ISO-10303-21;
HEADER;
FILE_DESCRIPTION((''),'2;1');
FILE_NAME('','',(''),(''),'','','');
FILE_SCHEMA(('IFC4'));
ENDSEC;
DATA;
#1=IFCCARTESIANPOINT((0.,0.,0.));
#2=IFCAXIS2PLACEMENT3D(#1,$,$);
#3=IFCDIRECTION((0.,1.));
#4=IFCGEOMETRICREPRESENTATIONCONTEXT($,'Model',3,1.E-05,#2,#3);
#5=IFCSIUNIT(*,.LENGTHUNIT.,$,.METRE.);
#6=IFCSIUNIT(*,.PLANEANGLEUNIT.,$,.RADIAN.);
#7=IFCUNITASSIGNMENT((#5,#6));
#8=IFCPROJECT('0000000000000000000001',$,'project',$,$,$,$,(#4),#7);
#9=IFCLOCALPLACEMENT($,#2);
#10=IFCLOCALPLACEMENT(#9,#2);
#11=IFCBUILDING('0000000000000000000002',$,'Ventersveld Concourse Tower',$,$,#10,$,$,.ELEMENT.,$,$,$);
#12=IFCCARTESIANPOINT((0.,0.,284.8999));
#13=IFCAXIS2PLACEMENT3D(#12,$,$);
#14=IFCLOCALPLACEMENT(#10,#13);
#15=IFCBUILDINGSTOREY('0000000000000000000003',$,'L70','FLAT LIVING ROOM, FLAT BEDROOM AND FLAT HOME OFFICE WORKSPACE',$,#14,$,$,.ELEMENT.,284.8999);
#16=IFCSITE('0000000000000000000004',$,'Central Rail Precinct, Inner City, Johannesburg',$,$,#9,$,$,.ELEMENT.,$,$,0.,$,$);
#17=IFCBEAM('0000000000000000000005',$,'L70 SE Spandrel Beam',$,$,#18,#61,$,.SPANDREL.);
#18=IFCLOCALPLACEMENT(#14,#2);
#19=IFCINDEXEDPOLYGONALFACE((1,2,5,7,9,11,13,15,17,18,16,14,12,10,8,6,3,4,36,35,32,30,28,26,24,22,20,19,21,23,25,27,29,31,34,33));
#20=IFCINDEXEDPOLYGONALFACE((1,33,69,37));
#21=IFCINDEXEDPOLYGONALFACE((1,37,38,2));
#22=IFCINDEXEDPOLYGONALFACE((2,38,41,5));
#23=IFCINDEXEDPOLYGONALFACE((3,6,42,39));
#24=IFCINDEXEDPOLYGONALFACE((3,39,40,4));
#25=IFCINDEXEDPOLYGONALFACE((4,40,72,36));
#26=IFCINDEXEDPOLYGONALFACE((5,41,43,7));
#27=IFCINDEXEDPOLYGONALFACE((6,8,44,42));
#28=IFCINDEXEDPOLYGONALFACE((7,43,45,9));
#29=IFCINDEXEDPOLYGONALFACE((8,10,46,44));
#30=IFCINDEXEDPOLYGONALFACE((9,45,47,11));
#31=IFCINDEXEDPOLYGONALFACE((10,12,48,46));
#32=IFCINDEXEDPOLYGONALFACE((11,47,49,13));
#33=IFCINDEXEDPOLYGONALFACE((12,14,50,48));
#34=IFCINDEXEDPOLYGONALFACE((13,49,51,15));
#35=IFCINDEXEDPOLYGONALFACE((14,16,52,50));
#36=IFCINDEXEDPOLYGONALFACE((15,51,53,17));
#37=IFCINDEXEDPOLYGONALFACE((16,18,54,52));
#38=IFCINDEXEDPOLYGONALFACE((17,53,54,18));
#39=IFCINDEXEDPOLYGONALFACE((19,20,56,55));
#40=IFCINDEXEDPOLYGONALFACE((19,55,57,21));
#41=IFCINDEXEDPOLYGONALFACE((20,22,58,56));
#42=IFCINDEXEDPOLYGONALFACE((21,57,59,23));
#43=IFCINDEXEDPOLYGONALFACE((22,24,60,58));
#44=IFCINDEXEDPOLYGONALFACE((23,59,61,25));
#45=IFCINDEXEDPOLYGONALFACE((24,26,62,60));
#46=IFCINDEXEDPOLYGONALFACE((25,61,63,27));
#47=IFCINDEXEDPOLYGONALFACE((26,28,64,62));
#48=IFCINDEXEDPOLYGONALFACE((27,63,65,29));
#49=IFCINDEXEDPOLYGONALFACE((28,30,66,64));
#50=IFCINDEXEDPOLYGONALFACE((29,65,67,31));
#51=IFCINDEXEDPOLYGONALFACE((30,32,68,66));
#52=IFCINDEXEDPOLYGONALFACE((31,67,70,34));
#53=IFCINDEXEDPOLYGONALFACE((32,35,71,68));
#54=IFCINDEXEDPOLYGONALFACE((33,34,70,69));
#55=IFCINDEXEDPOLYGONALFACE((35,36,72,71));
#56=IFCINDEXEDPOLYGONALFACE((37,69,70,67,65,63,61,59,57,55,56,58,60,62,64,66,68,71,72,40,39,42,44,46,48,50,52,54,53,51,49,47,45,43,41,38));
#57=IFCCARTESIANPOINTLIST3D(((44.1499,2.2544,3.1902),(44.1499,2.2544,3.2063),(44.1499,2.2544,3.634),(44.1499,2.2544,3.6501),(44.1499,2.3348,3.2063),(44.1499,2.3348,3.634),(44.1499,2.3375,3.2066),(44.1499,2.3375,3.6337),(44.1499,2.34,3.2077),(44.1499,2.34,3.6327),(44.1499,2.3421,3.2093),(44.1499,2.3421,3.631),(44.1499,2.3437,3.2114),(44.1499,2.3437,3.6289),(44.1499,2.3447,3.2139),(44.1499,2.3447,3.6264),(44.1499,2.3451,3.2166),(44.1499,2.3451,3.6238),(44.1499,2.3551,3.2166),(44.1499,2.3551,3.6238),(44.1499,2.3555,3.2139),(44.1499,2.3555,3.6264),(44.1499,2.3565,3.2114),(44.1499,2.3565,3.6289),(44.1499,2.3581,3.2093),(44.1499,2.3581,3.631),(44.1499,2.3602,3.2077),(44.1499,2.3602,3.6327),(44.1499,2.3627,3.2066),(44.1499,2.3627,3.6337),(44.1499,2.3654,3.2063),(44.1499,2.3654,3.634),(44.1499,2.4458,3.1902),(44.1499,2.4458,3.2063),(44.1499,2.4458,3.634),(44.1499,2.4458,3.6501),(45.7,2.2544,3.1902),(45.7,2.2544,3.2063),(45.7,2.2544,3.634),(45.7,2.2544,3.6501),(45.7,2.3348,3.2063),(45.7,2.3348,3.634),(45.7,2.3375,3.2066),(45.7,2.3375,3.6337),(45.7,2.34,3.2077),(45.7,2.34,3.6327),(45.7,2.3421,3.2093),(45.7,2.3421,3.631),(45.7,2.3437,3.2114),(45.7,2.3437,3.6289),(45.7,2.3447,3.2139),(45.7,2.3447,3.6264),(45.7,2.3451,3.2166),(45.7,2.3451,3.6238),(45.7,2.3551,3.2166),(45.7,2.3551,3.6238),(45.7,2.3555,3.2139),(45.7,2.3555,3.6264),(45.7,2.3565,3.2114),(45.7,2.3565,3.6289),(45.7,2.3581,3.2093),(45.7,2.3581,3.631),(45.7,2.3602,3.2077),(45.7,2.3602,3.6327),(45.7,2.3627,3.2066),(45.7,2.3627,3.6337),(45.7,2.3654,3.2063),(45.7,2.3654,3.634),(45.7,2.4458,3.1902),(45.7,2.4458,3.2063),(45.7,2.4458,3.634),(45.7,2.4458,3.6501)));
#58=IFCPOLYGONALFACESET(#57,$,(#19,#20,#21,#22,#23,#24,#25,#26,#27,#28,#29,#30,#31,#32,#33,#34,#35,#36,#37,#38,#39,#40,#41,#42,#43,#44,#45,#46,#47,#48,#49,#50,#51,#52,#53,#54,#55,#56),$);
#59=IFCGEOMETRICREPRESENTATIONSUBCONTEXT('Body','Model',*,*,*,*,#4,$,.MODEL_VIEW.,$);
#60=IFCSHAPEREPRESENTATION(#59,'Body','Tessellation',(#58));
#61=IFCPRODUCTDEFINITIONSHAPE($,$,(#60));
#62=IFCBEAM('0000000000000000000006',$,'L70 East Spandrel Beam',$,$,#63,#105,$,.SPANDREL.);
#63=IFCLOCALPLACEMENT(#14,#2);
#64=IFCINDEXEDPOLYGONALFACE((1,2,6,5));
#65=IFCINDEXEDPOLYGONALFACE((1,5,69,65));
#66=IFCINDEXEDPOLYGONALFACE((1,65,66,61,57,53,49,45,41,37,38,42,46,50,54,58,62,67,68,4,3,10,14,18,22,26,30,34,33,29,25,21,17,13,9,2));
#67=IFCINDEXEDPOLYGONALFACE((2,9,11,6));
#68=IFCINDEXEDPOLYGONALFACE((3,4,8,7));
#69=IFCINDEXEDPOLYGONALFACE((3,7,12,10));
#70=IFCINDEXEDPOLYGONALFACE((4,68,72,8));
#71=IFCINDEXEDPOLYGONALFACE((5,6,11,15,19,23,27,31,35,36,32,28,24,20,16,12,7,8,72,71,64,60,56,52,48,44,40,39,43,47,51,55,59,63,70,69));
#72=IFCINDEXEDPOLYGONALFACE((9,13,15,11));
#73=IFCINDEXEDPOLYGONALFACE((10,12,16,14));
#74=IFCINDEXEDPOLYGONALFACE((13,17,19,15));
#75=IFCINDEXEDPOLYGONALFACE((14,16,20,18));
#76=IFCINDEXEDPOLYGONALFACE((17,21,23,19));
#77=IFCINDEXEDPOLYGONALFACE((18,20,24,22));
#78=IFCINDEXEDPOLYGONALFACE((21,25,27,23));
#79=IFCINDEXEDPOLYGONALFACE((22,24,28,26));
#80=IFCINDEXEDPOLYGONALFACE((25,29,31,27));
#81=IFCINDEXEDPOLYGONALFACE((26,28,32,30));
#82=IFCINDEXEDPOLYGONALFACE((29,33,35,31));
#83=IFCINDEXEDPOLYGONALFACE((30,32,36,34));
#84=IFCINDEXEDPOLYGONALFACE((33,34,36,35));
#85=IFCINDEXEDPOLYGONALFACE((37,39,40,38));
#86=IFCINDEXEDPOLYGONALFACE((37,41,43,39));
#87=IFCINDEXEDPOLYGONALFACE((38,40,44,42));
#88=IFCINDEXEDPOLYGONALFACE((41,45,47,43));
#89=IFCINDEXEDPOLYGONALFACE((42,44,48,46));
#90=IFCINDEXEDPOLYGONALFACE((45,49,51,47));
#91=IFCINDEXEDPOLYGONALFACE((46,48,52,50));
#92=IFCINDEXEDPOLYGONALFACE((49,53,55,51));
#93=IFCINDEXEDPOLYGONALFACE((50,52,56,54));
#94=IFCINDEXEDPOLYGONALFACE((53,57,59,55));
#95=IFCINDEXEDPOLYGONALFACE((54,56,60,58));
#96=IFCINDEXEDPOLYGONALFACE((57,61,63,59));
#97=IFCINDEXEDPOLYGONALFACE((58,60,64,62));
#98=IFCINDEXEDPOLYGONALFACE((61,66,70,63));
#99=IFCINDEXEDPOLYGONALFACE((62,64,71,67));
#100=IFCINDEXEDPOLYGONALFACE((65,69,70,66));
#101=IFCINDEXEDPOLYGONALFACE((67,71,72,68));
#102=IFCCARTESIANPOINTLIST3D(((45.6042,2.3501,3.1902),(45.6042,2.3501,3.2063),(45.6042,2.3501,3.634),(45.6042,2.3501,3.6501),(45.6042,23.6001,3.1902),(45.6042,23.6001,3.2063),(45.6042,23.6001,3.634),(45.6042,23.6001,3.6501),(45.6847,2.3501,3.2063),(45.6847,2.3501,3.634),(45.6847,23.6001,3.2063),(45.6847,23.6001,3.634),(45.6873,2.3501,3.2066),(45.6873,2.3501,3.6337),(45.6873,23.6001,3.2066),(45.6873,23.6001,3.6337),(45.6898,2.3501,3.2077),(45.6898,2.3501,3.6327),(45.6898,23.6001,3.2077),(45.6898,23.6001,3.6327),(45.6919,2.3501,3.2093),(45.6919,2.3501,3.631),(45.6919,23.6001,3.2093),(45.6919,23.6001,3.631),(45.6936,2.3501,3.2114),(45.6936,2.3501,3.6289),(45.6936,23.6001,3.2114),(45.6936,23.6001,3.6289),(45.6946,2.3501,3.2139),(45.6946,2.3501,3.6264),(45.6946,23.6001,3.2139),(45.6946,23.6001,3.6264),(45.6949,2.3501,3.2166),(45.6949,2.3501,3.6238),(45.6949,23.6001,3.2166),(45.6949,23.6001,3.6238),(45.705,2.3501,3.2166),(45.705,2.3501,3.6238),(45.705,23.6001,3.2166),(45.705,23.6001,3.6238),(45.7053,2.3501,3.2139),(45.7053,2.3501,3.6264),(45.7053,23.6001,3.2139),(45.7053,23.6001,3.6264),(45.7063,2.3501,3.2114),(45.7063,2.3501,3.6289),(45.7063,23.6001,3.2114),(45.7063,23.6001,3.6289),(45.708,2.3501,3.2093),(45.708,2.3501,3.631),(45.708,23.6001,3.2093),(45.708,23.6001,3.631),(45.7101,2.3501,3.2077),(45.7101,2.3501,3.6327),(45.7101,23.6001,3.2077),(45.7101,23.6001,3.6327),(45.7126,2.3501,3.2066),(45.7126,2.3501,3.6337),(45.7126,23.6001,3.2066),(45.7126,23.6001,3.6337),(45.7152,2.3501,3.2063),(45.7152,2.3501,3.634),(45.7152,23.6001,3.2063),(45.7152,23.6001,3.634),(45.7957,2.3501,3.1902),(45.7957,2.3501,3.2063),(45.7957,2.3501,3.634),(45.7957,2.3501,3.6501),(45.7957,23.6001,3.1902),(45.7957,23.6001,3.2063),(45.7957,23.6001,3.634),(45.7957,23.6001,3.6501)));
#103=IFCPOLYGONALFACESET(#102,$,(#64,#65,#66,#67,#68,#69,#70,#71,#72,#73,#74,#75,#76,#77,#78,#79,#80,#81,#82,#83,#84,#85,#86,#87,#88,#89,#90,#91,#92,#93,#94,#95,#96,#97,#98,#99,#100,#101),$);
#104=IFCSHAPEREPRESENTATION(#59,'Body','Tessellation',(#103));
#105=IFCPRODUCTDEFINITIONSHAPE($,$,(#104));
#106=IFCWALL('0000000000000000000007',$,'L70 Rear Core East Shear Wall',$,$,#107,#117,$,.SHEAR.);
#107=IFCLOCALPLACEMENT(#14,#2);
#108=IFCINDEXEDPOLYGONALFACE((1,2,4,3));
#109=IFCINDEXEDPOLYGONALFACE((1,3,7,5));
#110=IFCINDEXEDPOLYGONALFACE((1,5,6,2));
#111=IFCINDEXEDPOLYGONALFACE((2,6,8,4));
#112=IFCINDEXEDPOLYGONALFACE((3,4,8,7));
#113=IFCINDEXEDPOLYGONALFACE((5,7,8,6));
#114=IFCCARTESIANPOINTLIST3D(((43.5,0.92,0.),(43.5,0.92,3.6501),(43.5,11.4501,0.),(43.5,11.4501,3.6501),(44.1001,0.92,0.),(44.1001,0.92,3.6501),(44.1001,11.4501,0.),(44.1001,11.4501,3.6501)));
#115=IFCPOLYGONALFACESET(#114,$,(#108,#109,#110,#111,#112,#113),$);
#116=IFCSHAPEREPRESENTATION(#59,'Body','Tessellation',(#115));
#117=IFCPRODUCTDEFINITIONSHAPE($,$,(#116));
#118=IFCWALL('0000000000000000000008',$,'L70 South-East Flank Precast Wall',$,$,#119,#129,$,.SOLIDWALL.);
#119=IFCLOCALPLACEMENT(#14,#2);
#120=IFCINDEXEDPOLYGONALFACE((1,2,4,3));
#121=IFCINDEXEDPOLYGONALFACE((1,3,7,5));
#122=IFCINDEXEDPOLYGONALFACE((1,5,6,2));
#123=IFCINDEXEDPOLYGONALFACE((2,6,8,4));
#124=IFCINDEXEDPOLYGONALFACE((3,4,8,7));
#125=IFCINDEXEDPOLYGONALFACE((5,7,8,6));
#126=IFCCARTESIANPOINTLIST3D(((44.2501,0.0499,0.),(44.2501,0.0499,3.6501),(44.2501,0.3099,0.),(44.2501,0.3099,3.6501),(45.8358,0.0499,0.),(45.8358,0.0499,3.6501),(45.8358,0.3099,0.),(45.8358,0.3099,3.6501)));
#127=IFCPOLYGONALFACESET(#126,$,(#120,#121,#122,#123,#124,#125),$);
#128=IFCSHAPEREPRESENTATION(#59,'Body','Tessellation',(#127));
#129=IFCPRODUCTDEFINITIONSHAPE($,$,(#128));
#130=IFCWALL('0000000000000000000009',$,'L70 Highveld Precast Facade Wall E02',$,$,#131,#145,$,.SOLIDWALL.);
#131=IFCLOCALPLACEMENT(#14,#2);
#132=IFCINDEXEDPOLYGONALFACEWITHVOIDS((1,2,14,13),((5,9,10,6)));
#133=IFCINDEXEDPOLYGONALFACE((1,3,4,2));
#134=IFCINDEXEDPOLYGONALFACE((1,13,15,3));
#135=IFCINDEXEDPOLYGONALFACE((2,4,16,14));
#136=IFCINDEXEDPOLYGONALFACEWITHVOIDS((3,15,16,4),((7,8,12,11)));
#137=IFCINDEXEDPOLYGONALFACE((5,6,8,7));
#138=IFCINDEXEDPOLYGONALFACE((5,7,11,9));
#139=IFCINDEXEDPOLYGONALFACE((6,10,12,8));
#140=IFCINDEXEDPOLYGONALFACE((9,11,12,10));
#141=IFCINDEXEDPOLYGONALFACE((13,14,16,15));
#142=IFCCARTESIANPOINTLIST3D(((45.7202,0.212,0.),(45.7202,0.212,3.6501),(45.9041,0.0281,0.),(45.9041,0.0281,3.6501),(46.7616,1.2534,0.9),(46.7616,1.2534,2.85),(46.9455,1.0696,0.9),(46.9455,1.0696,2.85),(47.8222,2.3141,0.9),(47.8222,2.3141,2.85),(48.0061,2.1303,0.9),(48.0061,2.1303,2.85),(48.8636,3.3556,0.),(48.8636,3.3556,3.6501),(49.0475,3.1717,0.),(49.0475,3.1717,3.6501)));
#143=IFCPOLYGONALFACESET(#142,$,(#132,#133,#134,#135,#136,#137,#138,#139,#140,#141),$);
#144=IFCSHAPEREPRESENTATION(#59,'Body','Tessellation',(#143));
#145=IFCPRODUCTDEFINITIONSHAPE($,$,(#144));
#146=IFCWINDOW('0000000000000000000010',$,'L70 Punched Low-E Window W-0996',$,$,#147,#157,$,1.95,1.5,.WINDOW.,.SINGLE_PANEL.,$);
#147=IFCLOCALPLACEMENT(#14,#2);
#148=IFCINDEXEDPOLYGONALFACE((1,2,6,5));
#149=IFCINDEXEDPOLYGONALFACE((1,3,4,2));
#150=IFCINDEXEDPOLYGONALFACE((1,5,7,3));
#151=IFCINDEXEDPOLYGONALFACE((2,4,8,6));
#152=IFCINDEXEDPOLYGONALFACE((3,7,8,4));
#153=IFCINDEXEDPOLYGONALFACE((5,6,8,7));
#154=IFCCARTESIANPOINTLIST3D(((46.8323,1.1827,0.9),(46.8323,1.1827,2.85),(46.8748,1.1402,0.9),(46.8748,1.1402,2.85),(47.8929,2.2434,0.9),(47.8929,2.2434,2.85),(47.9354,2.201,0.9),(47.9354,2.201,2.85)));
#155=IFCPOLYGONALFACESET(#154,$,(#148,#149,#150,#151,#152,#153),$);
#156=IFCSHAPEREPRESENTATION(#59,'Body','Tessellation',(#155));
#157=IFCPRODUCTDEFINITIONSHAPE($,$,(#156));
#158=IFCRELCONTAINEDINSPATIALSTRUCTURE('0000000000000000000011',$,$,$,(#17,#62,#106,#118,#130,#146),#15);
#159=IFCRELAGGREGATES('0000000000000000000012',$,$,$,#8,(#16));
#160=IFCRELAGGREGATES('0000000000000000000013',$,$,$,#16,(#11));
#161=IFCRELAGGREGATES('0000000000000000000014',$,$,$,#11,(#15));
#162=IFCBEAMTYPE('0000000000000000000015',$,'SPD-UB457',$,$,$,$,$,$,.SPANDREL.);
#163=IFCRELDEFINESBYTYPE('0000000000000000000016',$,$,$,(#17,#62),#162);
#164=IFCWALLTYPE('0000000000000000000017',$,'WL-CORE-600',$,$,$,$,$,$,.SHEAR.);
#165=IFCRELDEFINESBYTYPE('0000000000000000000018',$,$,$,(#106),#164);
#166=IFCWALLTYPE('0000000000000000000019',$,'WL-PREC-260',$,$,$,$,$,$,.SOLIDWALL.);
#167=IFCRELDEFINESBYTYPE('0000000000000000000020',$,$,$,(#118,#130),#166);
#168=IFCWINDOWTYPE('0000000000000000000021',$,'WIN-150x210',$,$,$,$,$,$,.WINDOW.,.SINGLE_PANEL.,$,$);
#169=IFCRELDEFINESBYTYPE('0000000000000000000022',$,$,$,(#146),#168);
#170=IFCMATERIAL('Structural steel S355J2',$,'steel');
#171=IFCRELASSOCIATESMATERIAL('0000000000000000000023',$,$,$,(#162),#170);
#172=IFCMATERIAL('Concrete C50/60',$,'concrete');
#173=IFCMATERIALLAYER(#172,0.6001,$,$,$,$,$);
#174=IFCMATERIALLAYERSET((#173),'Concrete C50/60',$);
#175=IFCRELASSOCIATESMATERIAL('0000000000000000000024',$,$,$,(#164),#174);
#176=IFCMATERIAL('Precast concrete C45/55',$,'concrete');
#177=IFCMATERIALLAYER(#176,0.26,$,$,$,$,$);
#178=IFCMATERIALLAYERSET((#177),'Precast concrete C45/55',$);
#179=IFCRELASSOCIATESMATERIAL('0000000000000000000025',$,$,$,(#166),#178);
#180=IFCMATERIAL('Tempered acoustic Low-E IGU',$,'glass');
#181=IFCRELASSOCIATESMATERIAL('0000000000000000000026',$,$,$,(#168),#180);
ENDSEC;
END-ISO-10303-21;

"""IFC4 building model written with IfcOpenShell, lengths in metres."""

from ifc_helpers import new_model, si_unit, direction, frame, frame_2d, origin, origin_2d, place, context, subcontext, project, spatial, rectangle, i_section, extrude, material, layer, layer_set, material_profile, profile_set, type_object, element, fill, save


model = new_model("IFC4")

# Units and contexts
model_context = context("Model", 3, precision=1e-05, world=origin(), true_north=direction((0.0, 1.0)))
body_context = subcontext(model_context, "Body", "Model", "MODEL_VIEW")
ifc_project = project(units=[si_unit("LENGTHUNIT", "METRE"), si_unit("PLANEANGLEUNIT", "RADIAN")], contexts=[model_context])

# Site, building, storey
site_placement = place(None, origin())
site = spatial("IfcSite", under=ifc_project, at=site_placement, Name="Central Rail Precinct, Inner City, Johannesburg", CompositionType="ELEMENT", RefElevation=0.0)
building_placement = place(site_placement, origin())
building = spatial("IfcBuilding", under=site, at=building_placement, Name="Ventersveld Concourse Tower", CompositionType="ELEMENT")
storey_placement = place(building_placement, frame((0.0, 0.0, 284.8999)))
storey = spatial("IfcBuildingStorey", under=building, at=storey_placement, Name="L70", Description="FLAT LIVING ROOM, FLAT BEDROOM AND FLAT HOME OFFICE WORKSPACE", CompositionType="ELEMENT", Elevation=284.8999)

# Shared definitions
ifc_material_1 = material(Name="Concrete C50/60", Category="concrete")

# Shared definitions
ifc_material_2 = material(Name="Structural steel S355J2", Category="steel")

# Beams
ifc_material_profile_1 = material_profile(ifc_material_2, i_section(OverallWidth=0.1914, OverallDepth=0.46, WebThickness=0.01, FlangeThickness=0.0161, FilletRadius=0.0103, at=origin_2d()), Name="UB 457x191x82")
ifc_profile_set_1 = profile_set([ifc_material_profile_1], Name="Structural steel S355J2")
beam_type_1 = type_object("IfcBeamType", Name="SPD-UB457", PredefinedType="SPANDREL", material=ifc_profile_set_1)
beam_1_placement = place(storey_placement, frame((44.1499, 2.3501, 3.4202), z_axis=(1.0, 0.0, 0.0), x_axis=(0.0, 1.0, 0.0)))
element("IfcBeam", 1, at=beam_1_placement, inside=storey, type_object=beam_type_1, Name="L70 SE Spandrel Beam", PredefinedType="SPANDREL", context=body_context, shape_type="SweptSolid", body=[
    extrude(i_section(OverallWidth=0.1914, OverallDepth=0.46, WebThickness=0.01, FlangeThickness=0.0161, FilletRadius=0.0103, at=origin_2d()), origin(), (0.0, 0.0, 1.0), 1.55),
])
beam_2_placement = place(storey_placement, frame((45.7, 2.3501, 3.4202), z_axis=(0.0, 1.0, 0.0), x_axis=(-1.0, 0.0, 0.0)))
element("IfcBeam", 2, at=beam_2_placement, inside=storey, type_object=beam_type_1, Name="L70 East Spandrel Beam", PredefinedType="SPANDREL", context=body_context, shape_type="SweptSolid", body=[
    extrude(i_section(OverallWidth=0.1914, OverallDepth=0.46, WebThickness=0.01, FlangeThickness=0.0161, FilletRadius=0.0103, at=origin_2d()), origin(), (0.0, 0.0, 1.0), 21.25),
])

# Walls
ifc_layer_1 = layer(ifc_material_1, 0.6001)
ifc_layer_set_1 = layer_set([ifc_layer_1], Name="Concrete C50/60")
wall_type_1 = type_object("IfcWallType", Name="WL-CORE-600", PredefinedType="SHEAR", material=ifc_layer_set_1)
wall_1_placement = place(storey_placement, frame((43.8, 0.9199, 0.0), z_axis=(0.0, 0.0, 1.0), x_axis=(0.0, 1.0, 0.0)))
element("IfcWall", 3, at=wall_1_placement, inside=storey, type_object=wall_type_1, Name="L70 Rear Core East Shear Wall", PredefinedType="SHEAR", context=body_context, shape_type="SweptSolid", body=[
    extrude(rectangle(XDim=10.53, YDim=0.6001, at=frame_2d((5.2651, 0.0))), origin(), (0.0, 0.0, 1.0), 3.6501),
])
ifc_material_3 = material(Name="Precast concrete C45/55", Category="concrete")
ifc_layer_2 = layer(ifc_material_3, 0.26)
ifc_layer_set_2 = layer_set([ifc_layer_2], Name="Precast concrete C45/55")
wall_type_2 = type_object("IfcWallType", Name="WL-PREC-260", PredefinedType="SOLIDWALL", material=ifc_layer_set_2)
wall_2_placement = place(storey_placement, frame((44.25, 0.1799, 0.0), z_axis=(0.0, 0.0, 1.0), x_axis=(1.0, 0.0, 0.0)))
element("IfcWall", 4, at=wall_2_placement, inside=storey, type_object=wall_type_2, Name="L70 South-East Flank Precast Wall", PredefinedType="SOLIDWALL", context=body_context, shape_type="SweptSolid", body=[
    extrude(rectangle(XDim=1.5857, YDim=0.26, at=frame_2d((0.793, 0.0))), origin(), (0.0, 0.0, 1.0), 3.6501),
])

# Wall, opening, window
wall_3_placement = place(storey_placement, frame((45.8123, 0.1201, 0.0), z_axis=(0.0, 0.0, 1.0), x_axis=(0.707079, 0.707134, 0.0)))
wall_3 = element("IfcWall", 5, at=wall_3_placement, inside=storey, type_object=wall_type_2, Name="L70 Highveld Precast Facade Wall E02", PredefinedType="SOLIDWALL", context=body_context, shape_type="SweptSolid", body=[
    extrude(rectangle(XDim=4.4456, YDim=0.26, at=frame_2d((2.2227, 0.0))), origin(), (0.0, 0.0, 1.0), 3.6501),
])
opening_1_placement = place(wall_3_placement, frame((1.4727, 0.0, 0.8999)))
opening_1 = element("IfcOpeningElement", 6, at=opening_1_placement, cuts=wall_3, PredefinedType="OPENING", context=body_context, shape_type="SweptSolid", body=[
    extrude(rectangle(XDim=1.5, YDim=1.95, at=frame_2d((0.75, 0.9751))), frame((0.0, 0.1401, 0.0), z_axis=(0.0, -1.0, 0.0), x_axis=(1.0, 0.0, 0.0)), (0.0, 0.0, 1.0), 0.28),
])
ifc_material_4 = material(Name="Tempered acoustic Low-E IGU", Category="glass")
window_type_1 = type_object("IfcWindowType", Name="WIN-150x210", PartitioningType="SINGLE_PANEL", PredefinedType="WINDOW", material=ifc_material_4)
window_1_placement = place(opening_1_placement, origin())
window_1 = element("IfcWindow", 7, at=window_1_placement, inside=storey, type_object=window_type_1, Name="L70 Punched Low-E Window W-0996", OverallHeight=1.95, OverallWidth=1.5, PartitioningType="SINGLE_PANEL", PredefinedType="WINDOW", context=body_context, shape_type="SweptSolid", body=[
    extrude(rectangle(XDim=1.5, YDim=1.95, at=frame_2d((0.75, 0.9751))), frame((0.0, 0.03, 0.0), z_axis=(0.0, -1.0, 0.0), x_axis=(1.0, 0.0, 0.0)), (0.0, 0.0, 1.0), 0.0601),
])
fill(opening_1, window_1)

save(model, "model.ifc")
